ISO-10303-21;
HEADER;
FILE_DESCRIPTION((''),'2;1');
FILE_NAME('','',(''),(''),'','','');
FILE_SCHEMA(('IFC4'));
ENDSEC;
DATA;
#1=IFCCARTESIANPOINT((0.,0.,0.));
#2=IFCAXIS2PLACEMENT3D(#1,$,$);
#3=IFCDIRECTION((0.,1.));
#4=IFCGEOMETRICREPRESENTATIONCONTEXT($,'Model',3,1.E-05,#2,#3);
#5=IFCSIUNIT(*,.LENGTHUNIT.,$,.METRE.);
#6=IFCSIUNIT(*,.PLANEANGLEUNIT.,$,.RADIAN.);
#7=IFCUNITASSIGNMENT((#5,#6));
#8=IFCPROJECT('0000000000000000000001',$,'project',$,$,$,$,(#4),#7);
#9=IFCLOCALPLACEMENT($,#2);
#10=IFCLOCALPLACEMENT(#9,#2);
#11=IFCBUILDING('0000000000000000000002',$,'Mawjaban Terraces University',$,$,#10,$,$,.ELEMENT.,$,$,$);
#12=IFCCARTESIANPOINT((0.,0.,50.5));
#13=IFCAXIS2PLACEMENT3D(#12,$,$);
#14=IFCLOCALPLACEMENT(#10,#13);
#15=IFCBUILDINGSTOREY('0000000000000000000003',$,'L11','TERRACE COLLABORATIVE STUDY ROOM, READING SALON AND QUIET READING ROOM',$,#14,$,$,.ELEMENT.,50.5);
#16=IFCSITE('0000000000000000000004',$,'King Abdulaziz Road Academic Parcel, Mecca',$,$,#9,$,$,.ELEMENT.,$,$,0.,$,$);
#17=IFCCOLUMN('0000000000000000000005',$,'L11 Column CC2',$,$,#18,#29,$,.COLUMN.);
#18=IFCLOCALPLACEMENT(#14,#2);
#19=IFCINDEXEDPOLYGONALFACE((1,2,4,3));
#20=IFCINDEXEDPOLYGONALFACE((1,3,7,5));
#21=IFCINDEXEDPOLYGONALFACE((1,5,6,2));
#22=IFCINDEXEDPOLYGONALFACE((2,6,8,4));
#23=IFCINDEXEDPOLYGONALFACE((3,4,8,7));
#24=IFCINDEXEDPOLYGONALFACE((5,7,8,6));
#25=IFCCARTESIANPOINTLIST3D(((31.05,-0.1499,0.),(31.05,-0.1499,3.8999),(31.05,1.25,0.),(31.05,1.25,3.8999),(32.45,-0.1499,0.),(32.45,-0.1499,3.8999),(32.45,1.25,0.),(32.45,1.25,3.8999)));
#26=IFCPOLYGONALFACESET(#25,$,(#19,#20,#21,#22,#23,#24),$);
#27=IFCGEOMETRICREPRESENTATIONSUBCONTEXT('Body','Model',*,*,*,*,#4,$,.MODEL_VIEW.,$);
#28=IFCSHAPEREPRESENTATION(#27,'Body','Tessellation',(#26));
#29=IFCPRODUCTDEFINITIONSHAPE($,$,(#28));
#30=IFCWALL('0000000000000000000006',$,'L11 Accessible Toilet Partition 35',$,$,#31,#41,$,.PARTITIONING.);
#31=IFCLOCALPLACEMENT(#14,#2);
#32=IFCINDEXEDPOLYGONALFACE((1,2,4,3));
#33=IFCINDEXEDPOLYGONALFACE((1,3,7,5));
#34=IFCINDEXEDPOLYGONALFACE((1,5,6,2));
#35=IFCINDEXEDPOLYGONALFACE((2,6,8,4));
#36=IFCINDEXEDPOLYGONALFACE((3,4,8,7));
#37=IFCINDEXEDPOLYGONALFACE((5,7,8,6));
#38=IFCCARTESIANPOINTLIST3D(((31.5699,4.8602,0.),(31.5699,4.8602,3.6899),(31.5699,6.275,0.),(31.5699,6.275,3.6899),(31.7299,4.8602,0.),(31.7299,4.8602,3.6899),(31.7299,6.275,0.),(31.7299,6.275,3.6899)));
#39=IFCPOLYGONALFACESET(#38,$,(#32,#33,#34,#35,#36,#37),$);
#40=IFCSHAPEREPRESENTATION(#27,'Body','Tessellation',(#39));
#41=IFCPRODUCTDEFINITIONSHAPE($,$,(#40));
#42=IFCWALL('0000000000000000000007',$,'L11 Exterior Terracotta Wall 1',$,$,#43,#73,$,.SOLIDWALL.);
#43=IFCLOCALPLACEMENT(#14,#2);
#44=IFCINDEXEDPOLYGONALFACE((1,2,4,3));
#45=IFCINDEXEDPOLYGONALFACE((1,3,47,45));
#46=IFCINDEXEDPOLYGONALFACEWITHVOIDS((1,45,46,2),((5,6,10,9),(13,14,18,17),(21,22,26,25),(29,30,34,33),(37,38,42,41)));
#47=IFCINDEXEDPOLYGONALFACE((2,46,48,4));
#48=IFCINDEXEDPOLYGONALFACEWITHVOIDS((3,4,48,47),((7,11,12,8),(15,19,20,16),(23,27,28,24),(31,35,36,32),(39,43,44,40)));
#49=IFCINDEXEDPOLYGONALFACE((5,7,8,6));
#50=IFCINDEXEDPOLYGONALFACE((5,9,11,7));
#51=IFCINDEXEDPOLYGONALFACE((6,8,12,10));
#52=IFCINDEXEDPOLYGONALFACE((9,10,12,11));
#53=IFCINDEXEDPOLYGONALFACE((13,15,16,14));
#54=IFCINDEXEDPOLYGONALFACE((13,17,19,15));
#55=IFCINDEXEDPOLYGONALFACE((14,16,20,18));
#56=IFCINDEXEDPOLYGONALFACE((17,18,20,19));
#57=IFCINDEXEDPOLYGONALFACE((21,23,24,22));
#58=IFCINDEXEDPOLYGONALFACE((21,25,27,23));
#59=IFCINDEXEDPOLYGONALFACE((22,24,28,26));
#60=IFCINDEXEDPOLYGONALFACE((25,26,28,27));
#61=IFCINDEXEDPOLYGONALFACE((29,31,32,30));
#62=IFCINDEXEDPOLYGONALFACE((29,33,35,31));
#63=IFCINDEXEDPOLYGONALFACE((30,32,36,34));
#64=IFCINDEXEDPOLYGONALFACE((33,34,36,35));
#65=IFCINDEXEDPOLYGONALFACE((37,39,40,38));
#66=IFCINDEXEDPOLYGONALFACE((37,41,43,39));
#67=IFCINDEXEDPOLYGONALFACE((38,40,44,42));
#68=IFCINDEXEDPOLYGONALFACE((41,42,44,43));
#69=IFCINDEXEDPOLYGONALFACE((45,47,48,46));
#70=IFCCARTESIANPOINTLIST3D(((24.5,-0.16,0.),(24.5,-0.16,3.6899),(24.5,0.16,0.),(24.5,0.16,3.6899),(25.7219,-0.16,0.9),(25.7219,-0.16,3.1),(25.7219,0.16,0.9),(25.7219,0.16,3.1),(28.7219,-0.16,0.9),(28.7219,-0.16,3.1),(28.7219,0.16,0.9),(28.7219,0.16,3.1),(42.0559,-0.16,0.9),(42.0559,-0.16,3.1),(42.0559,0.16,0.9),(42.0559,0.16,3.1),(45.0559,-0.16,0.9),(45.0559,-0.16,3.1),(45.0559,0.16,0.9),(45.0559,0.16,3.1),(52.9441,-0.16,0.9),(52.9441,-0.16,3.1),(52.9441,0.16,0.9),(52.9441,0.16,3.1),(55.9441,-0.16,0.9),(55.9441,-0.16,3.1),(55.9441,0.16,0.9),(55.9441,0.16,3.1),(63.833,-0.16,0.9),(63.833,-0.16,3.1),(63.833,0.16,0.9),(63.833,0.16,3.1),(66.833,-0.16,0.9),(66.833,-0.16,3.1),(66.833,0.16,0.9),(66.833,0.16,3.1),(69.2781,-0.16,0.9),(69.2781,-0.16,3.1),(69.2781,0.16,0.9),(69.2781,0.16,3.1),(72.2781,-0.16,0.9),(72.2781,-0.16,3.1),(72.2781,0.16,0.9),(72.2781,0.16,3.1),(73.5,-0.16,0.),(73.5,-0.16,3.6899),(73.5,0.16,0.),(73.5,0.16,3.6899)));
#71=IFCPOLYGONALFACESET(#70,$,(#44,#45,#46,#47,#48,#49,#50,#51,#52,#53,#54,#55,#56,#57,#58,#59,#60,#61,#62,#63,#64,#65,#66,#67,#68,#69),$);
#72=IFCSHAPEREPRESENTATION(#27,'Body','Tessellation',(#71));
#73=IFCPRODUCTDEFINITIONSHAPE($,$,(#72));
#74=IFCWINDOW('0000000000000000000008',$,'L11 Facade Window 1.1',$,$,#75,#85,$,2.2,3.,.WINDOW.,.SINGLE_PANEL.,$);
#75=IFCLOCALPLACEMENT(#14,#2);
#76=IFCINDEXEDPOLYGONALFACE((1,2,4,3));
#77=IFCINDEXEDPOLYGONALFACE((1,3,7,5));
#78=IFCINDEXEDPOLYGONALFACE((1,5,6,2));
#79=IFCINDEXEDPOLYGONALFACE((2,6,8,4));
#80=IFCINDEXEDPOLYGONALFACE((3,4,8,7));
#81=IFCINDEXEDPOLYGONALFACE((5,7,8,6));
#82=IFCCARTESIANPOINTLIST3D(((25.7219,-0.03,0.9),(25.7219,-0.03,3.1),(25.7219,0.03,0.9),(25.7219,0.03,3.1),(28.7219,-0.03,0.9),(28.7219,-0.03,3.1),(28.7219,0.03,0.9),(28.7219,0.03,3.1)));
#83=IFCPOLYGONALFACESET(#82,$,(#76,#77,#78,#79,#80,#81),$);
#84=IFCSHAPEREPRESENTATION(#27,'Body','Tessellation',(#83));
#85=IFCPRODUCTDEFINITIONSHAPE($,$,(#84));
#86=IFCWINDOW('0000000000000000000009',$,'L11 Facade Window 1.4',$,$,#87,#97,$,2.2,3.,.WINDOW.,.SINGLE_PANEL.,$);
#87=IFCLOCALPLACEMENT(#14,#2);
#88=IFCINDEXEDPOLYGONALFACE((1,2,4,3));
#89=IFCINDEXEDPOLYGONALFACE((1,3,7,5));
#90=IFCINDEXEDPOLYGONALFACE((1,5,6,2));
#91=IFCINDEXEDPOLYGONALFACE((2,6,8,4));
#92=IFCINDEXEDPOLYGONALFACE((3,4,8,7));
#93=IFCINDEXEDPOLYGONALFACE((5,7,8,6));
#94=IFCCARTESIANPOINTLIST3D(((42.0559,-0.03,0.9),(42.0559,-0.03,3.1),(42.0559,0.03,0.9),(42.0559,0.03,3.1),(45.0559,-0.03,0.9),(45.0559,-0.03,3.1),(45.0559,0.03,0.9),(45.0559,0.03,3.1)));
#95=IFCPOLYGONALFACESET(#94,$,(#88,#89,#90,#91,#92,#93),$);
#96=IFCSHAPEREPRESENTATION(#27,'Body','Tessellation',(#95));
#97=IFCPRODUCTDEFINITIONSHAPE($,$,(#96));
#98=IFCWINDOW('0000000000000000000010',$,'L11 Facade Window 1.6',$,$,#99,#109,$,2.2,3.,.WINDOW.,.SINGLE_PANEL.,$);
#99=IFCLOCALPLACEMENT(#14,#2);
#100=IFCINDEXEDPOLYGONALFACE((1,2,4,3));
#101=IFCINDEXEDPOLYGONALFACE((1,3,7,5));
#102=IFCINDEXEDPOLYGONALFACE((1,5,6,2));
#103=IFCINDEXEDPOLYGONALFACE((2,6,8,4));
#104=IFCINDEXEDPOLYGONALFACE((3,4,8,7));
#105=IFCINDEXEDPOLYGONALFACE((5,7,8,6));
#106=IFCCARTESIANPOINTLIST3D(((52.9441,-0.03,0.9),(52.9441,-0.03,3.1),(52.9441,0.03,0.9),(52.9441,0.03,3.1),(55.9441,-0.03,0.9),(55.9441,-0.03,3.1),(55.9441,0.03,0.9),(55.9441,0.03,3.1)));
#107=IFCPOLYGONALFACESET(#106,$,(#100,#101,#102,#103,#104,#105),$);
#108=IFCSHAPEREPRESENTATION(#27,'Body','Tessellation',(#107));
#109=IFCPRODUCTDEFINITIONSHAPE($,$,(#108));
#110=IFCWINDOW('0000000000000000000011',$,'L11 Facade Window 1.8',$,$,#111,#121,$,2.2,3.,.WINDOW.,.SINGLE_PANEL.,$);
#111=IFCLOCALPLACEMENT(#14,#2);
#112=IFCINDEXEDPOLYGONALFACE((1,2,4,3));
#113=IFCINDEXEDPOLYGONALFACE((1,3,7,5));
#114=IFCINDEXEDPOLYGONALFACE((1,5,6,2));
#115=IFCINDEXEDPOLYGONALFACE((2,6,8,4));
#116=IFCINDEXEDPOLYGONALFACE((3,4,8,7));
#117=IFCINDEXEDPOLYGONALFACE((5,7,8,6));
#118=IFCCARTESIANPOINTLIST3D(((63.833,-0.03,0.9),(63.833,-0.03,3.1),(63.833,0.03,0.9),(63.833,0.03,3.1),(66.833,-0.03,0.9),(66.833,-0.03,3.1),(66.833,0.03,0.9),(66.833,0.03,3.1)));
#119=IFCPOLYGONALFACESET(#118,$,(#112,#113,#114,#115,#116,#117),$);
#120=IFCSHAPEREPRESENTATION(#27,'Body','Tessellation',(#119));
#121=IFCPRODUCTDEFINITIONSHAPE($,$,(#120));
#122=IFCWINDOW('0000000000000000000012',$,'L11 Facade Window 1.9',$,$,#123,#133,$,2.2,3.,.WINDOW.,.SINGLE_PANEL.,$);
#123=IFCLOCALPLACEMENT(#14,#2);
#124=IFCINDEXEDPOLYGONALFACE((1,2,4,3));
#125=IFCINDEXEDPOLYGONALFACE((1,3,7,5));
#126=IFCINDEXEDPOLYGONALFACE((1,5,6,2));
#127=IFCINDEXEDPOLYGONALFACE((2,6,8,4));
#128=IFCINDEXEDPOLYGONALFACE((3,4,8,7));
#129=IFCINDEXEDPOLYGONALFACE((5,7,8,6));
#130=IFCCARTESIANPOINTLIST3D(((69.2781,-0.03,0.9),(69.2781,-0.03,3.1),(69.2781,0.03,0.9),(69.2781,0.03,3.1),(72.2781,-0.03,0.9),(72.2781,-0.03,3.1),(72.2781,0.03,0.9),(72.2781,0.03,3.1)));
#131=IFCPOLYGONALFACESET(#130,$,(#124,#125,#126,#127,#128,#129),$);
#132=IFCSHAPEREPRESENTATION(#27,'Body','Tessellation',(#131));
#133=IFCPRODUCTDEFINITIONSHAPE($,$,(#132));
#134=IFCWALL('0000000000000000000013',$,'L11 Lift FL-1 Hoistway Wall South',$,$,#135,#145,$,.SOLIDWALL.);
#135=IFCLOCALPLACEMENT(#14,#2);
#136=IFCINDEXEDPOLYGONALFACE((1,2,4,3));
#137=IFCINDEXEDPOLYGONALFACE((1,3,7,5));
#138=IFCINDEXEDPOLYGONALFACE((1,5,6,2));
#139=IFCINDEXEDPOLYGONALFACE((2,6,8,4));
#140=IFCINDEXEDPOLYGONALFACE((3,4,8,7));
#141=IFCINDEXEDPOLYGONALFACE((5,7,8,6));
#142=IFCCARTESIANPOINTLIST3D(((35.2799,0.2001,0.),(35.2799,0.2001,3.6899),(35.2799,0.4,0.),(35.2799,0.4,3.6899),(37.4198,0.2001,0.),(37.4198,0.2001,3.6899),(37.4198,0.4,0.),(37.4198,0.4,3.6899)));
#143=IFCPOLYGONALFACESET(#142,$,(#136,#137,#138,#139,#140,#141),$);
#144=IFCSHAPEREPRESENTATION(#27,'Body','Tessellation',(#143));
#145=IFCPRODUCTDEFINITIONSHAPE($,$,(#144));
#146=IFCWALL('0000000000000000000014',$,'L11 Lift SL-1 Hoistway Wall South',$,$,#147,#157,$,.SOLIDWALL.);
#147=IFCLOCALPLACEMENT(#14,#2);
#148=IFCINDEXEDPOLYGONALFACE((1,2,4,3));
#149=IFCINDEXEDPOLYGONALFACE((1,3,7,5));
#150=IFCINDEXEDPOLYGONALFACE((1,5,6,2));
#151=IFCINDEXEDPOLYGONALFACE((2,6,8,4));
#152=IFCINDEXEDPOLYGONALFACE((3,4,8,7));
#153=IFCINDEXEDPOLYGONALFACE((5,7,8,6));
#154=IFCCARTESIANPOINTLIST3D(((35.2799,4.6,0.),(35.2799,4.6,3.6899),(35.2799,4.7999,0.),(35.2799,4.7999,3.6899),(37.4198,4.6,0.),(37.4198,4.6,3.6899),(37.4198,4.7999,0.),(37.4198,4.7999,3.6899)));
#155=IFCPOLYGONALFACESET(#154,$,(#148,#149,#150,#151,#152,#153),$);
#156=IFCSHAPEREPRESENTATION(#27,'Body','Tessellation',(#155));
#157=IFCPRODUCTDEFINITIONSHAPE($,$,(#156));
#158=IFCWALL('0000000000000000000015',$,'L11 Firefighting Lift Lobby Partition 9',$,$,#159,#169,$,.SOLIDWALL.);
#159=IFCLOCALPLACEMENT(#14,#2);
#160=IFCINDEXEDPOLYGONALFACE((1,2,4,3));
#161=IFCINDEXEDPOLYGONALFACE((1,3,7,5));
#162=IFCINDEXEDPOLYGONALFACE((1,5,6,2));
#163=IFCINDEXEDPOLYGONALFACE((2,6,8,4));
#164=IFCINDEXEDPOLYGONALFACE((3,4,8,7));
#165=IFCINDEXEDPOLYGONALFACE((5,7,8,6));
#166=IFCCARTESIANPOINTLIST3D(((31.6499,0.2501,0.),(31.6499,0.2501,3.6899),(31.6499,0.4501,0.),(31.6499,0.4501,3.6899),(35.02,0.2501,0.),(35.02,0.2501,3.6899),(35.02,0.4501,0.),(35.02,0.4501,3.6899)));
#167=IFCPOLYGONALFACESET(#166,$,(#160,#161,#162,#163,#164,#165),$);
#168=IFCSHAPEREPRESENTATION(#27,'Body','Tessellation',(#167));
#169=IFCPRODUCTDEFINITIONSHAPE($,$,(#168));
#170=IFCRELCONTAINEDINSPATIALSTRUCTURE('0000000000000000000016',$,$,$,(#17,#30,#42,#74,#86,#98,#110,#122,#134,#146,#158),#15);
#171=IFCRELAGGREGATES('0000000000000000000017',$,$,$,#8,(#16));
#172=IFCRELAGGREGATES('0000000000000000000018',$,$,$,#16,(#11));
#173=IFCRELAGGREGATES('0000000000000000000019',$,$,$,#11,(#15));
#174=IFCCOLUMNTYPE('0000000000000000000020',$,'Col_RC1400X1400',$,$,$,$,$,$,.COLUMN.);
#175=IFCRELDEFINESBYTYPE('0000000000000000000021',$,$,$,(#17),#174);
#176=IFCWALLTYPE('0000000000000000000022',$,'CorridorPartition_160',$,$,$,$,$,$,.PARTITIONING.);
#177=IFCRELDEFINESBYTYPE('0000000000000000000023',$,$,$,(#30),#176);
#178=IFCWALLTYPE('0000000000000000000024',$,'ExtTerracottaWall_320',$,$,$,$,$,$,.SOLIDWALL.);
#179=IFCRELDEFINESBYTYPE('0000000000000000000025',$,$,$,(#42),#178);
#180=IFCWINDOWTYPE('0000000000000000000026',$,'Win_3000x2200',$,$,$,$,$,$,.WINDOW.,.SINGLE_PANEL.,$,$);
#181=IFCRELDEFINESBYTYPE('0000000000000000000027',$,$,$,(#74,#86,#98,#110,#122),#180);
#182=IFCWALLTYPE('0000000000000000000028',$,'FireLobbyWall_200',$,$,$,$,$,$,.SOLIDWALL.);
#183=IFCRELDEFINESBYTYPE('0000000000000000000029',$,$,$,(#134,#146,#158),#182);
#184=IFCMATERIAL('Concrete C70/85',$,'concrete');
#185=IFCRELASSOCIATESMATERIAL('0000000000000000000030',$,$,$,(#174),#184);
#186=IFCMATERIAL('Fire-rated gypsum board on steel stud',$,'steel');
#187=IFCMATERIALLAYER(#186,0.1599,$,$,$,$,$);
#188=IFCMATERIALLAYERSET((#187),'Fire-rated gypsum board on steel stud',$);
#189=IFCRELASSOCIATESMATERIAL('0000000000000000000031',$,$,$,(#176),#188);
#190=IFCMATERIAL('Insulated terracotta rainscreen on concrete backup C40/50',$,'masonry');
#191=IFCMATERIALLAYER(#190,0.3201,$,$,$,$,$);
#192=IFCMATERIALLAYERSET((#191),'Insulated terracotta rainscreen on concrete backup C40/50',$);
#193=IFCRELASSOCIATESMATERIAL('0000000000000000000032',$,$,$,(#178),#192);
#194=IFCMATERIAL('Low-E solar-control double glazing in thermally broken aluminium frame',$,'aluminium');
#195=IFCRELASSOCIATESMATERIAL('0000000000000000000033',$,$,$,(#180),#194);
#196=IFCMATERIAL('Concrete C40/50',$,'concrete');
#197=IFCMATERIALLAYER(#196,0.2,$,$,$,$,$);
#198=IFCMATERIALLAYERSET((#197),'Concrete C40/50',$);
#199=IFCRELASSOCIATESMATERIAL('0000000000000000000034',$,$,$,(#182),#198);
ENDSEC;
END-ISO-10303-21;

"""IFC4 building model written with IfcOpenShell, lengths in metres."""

from ifc_helpers import new_model, si_unit, direction, frame, frame_2d, origin, origin_2d, place, context, subcontext, project, spatial, rectangle, extrude, material, layer, layer_set, material_profile, profile_set, type_object, element, fill, save


model = new_model("IFC4")

# Units and contexts
model_context = context("Model", 3, precision=1e-05, world=origin(), true_north=direction((0.0, 1.0)))
body_context = subcontext(model_context, "Body", "Model", "MODEL_VIEW")
ifc_project = project(units=[si_unit("LENGTHUNIT", "METRE"), si_unit("PLANEANGLEUNIT", "RADIAN")], contexts=[model_context])

# Site, building, storey
site_placement = place(None, origin())
site = spatial("IfcSite", under=ifc_project, at=site_placement, Name="King Abdulaziz Road Academic Parcel, Mecca", CompositionType="ELEMENT", RefElevation=0.0)
building_placement = place(site_placement, origin())
building = spatial("IfcBuilding", under=site, at=building_placement, Name="Mawjaban Terraces University", CompositionType="ELEMENT")
storey_placement = place(building_placement, frame((0.0, 0.0, 50.5)))
storey = spatial("IfcBuildingStorey", under=building, at=storey_placement, Name="L11", Description="TERRACE COLLABORATIVE STUDY ROOM, READING SALON AND QUIET READING ROOM", CompositionType="ELEMENT", Elevation=50.5)

# Column
ifc_material_1 = material(Name="Concrete C70/85", Category="concrete")
ifc_material_profile = material_profile(ifc_material_1, rectangle(XDim=1.3999, YDim=1.3999, at=origin_2d()), Name="RC1400X1400")
ifc_profile_set = profile_set([ifc_material_profile], Name="Concrete C70/85")
column_type = type_object("IfcColumnType", Name="Col_RC1400X1400", PredefinedType="COLUMN", material=ifc_profile_set)
column_placement = place(storey_placement, frame((31.75, 0.55, 0.0), z_axis=(0.0, 0.0, 1.0), x_axis=(1.0, 0.0, 0.0)))
element("IfcColumn", 1, at=column_placement, inside=storey, type_object=column_type, Name="L11 Column CC2", PredefinedType="COLUMN", context=body_context, shape_type="SweptSolid", body=[
    extrude(rectangle(XDim=1.3999, YDim=1.3999, at=origin_2d()), origin(), (0.0, 0.0, 1.0), 3.8999),
])

# Wall
ifc_material_2 = material(Name="Fire-rated gypsum board on steel stud", Category="steel")
ifc_layer_1 = layer(ifc_material_2, 0.1599)
ifc_layer_set_1 = layer_set([ifc_layer_1], Name="Fire-rated gypsum board on steel stud")
wall_type_1 = type_object("IfcWallType", Name="CorridorPartition_160", PredefinedType="PARTITIONING", material=ifc_layer_set_1)
wall_1_placement = place(storey_placement, frame((31.6499, 4.8601, 0.0), z_axis=(0.0, 0.0, 1.0), x_axis=(0.0, 1.0, 0.0)))
element("IfcWall", 2, at=wall_1_placement, inside=storey, type_object=wall_type_1, Name="L11 Accessible Toilet Partition 35", PredefinedType="PARTITIONING", context=body_context, shape_type="SweptSolid", body=[
    extrude(rectangle(XDim=1.4148, YDim=0.1599, at=frame_2d((0.7075, 0.0))), origin(), (0.0, 0.0, 1.0), 3.6899),
])

# Wall, openings, windows
ifc_material_3 = material(Name="Insulated terracotta rainscreen on concrete backup C40/50", Category="masonry")
ifc_layer_2 = layer(ifc_material_3, 0.3201)
ifc_layer_set_2 = layer_set([ifc_layer_2], Name="Insulated terracotta rainscreen on concrete backup C40/50")
wall_type_2 = type_object("IfcWallType", Name="ExtTerracottaWall_320", PredefinedType="SOLIDWALL", material=ifc_layer_set_2)
wall_2_placement = place(storey_placement, frame((24.5, 0.0, 0.0), z_axis=(0.0, 0.0, 1.0), x_axis=(1.0, 0.0, 0.0)))
wall_2 = element("IfcWall", 3, at=wall_2_placement, inside=storey, type_object=wall_type_2, Name="L11 Exterior Terracotta Wall 1", PredefinedType="SOLIDWALL", context=body_context, shape_type="SweptSolid", body=[
    extrude(rectangle(XDim=49.0, YDim=0.3201, at=frame_2d((24.5, 0.0))), origin(), (0.0, 0.0, 1.0), 3.6899),
])
opening_1_placement = place(wall_2_placement, frame((1.2219, 0.0, 0.8999)))
opening_1 = element("IfcOpeningElement", 4, at=opening_1_placement, cuts=wall_2, PredefinedType="OPENING", context=body_context, shape_type="SweptSolid", body=[
    extrude(rectangle(XDim=3.0, YDim=2.2, at=frame_2d((1.5, 1.1001))), frame((0.0, 0.1699, 0.0), z_axis=(0.0, -1.0, 0.0), x_axis=(1.0, 0.0, 0.0)), (0.0, 0.0, 1.0), 0.3401),
])
opening_2_placement = place(wall_2_placement, frame((17.5559, 0.0, 0.8999)))
opening_2 = element("IfcOpeningElement", 5, at=opening_2_placement, cuts=wall_2, PredefinedType="OPENING", context=body_context, shape_type="SweptSolid", body=[
    extrude(rectangle(XDim=3.0, YDim=2.2, at=frame_2d((1.5, 1.1001))), frame((0.0, 0.1699, 0.0), z_axis=(0.0, -1.0, 0.0), x_axis=(1.0, 0.0, 0.0)), (0.0, 0.0, 1.0), 0.3401),
])
opening_3_placement = place(wall_2_placement, frame((28.4441, 0.0, 0.8999)))
opening_3 = element("IfcOpeningElement", 6, at=opening_3_placement, cuts=wall_2, PredefinedType="OPENING", context=body_context, shape_type="SweptSolid", body=[
    extrude(rectangle(XDim=3.0, YDim=2.2, at=frame_2d((1.5, 1.1001))), frame((0.0, 0.1699, 0.0), z_axis=(0.0, -1.0, 0.0), x_axis=(1.0, 0.0, 0.0)), (0.0, 0.0, 1.0), 0.3401),
])
opening_4_placement = place(wall_2_placement, frame((39.333, 0.0, 0.8999)))
opening_4 = element("IfcOpeningElement", 7, at=opening_4_placement, cuts=wall_2, PredefinedType="OPENING", context=body_context, shape_type="SweptSolid", body=[
    extrude(rectangle(XDim=3.0, YDim=2.2, at=frame_2d((1.5, 1.1001))), frame((0.0, 0.1699, 0.0), z_axis=(0.0, -1.0, 0.0), x_axis=(1.0, 0.0, 0.0)), (0.0, 0.0, 1.0), 0.3401),
])
opening_5_placement = place(wall_2_placement, frame((44.7781, 0.0, 0.8999)))
opening_5 = element("IfcOpeningElement", 8, at=opening_5_placement, cuts=wall_2, PredefinedType="OPENING", context=body_context, shape_type="SweptSolid", body=[
    extrude(rectangle(XDim=3.0, YDim=2.2, at=frame_2d((1.5, 1.1001))), frame((0.0, 0.1699, 0.0), z_axis=(0.0, -1.0, 0.0), x_axis=(1.0, 0.0, 0.0)), (0.0, 0.0, 1.0), 0.3401),
])
ifc_material_4 = material(Name="Low-E solar-control double glazing in thermally broken aluminium frame", Category="aluminium")
window_type = type_object("IfcWindowType", Name="Win_3000x2200", PartitioningType="SINGLE_PANEL", PredefinedType="WINDOW", material=ifc_material_4)
window_1_placement = place(opening_1_placement, origin())
window_1 = element("IfcWindow", 9, at=window_1_placement, inside=storey, type_object=window_type, Name="L11 Facade Window 1.1", OverallHeight=2.2, OverallWidth=3.0, PartitioningType="SINGLE_PANEL", PredefinedType="WINDOW", context=body_context, shape_type="SweptSolid", body=[
    extrude(rectangle(XDim=3.0, YDim=2.2, at=frame_2d((1.5, 1.1001))), frame((0.0, 0.03, 0.0), z_axis=(0.0, -1.0, 0.0), x_axis=(1.0, 0.0, 0.0)), (0.0, 0.0, 1.0), 0.0601),
])
fill(opening_1, window_1)
window_2_placement = place(opening_2_placement, origin())
window_2 = element("IfcWindow", 10, at=window_2_placement, inside=storey, type_object=window_type, Name="L11 Facade Window 1.4", OverallHeight=2.2, OverallWidth=3.0, PartitioningType="SINGLE_PANEL", PredefinedType="WINDOW", context=body_context, shape_type="SweptSolid", body=[
    extrude(rectangle(XDim=3.0, YDim=2.2, at=frame_2d((1.5, 1.1001))), frame((0.0, 0.03, 0.0), z_axis=(0.0, -1.0, 0.0), x_axis=(1.0, 0.0, 0.0)), (0.0, 0.0, 1.0), 0.0601),
])
fill(opening_2, window_2)
window_3_placement = place(opening_3_placement, origin())
window_3 = element("IfcWindow", 11, at=window_3_placement, inside=storey, type_object=window_type, Name="L11 Facade Window 1.6", OverallHeight=2.2, OverallWidth=3.0, PartitioningType="SINGLE_PANEL", PredefinedType="WINDOW", context=body_context, shape_type="SweptSolid", body=[
    extrude(rectangle(XDim=3.0, YDim=2.2, at=frame_2d((1.5, 1.1001))), frame((0.0, 0.03, 0.0), z_axis=(0.0, -1.0, 0.0), x_axis=(1.0, 0.0, 0.0)), (0.0, 0.0, 1.0), 0.0601),
])
fill(opening_3, window_3)
window_4_placement = place(opening_4_placement, origin())
window_4 = element("IfcWindow", 12, at=window_4_placement, inside=storey, type_object=window_type, Name="L11 Facade Window 1.8", OverallHeight=2.2, OverallWidth=3.0, PartitioningType="SINGLE_PANEL", PredefinedType="WINDOW", context=body_context, shape_type="SweptSolid", body=[
    extrude(rectangle(XDim=3.0, YDim=2.2, at=frame_2d((1.5, 1.1001))), frame((0.0, 0.03, 0.0), z_axis=(0.0, -1.0, 0.0), x_axis=(1.0, 0.0, 0.0)), (0.0, 0.0, 1.0), 0.0601),
])
fill(opening_4, window_4)
window_5_placement = place(opening_5_placement, origin())
window_5 = element("IfcWindow", 13, at=window_5_placement, inside=storey, type_object=window_type, Name="L11 Facade Window 1.9", OverallHeight=2.2, OverallWidth=3.0, PartitioningType="SINGLE_PANEL", PredefinedType="WINDOW", context=body_context, shape_type="SweptSolid", body=[
    extrude(rectangle(XDim=3.0, YDim=2.2, at=frame_2d((1.5, 1.1001))), frame((0.0, 0.03, 0.0), z_axis=(0.0, -1.0, 0.0), x_axis=(1.0, 0.0, 0.0)), (0.0, 0.0, 1.0), 0.0601),
])
fill(opening_5, window_5)

# Shared definitions
ifc_material_5 = material(Name="Concrete C40/50", Category="concrete")
ifc_layer_3 = layer(ifc_material_5, 0.2)
ifc_layer_set_3 = layer_set([ifc_layer_3], Name="Concrete C40/50")
wall_type_3 = type_object("IfcWallType", Name="FireLobbyWall_200", PredefinedType="SOLIDWALL", material=ifc_layer_set_3)

# Wall
wall_3_placement = place(storey_placement, frame((35.28, 0.3, 0.0), z_axis=(0.0, 0.0, 1.0), x_axis=(1.0, 0.0, 0.0)))
element("IfcWall", 14, at=wall_3_placement, inside=storey, type_object=wall_type_3, Name="L11 Lift FL-1 Hoistway Wall South", PredefinedType="SOLIDWALL", context=body_context, shape_type="SweptSolid", body=[
    extrude(rectangle(XDim=2.1399, YDim=0.2, at=frame_2d((1.0698, 0.0))), origin(), (0.0, 0.0, 1.0), 3.6899),
])

# Walls
wall_4_placement = place(storey_placement, frame((35.28, 4.7, 0.0), z_axis=(0.0, 0.0, 1.0), x_axis=(1.0, 0.0, 0.0)))
element("IfcWall", 15, at=wall_4_placement, inside=storey, type_object=wall_type_3, Name="L11 Lift SL-1 Hoistway Wall South", PredefinedType="SOLIDWALL", context=body_context, shape_type="SweptSolid", body=[
    extrude(rectangle(XDim=2.1399, YDim=0.2, at=frame_2d((1.0698, 0.0))), origin(), (0.0, 0.0, 1.0), 3.6899),
])
wall_5_placement = place(storey_placement, frame((31.6499, 0.3501, 0.0), z_axis=(0.0, 0.0, 1.0), x_axis=(1.0, 0.0, 0.0)))
element("IfcWall", 16, at=wall_5_placement, inside=storey, type_object=wall_type_3, Name="L11 Firefighting Lift Lobby Partition 9", PredefinedType="SOLIDWALL", context=body_context, shape_type="SweptSolid", body=[
    extrude(rectangle(XDim=3.3701, YDim=0.2, at=frame_2d((1.6851, 0.0))), origin(), (0.0, 0.0, 1.0), 3.6899),
])

save(model, "model.ifc")
